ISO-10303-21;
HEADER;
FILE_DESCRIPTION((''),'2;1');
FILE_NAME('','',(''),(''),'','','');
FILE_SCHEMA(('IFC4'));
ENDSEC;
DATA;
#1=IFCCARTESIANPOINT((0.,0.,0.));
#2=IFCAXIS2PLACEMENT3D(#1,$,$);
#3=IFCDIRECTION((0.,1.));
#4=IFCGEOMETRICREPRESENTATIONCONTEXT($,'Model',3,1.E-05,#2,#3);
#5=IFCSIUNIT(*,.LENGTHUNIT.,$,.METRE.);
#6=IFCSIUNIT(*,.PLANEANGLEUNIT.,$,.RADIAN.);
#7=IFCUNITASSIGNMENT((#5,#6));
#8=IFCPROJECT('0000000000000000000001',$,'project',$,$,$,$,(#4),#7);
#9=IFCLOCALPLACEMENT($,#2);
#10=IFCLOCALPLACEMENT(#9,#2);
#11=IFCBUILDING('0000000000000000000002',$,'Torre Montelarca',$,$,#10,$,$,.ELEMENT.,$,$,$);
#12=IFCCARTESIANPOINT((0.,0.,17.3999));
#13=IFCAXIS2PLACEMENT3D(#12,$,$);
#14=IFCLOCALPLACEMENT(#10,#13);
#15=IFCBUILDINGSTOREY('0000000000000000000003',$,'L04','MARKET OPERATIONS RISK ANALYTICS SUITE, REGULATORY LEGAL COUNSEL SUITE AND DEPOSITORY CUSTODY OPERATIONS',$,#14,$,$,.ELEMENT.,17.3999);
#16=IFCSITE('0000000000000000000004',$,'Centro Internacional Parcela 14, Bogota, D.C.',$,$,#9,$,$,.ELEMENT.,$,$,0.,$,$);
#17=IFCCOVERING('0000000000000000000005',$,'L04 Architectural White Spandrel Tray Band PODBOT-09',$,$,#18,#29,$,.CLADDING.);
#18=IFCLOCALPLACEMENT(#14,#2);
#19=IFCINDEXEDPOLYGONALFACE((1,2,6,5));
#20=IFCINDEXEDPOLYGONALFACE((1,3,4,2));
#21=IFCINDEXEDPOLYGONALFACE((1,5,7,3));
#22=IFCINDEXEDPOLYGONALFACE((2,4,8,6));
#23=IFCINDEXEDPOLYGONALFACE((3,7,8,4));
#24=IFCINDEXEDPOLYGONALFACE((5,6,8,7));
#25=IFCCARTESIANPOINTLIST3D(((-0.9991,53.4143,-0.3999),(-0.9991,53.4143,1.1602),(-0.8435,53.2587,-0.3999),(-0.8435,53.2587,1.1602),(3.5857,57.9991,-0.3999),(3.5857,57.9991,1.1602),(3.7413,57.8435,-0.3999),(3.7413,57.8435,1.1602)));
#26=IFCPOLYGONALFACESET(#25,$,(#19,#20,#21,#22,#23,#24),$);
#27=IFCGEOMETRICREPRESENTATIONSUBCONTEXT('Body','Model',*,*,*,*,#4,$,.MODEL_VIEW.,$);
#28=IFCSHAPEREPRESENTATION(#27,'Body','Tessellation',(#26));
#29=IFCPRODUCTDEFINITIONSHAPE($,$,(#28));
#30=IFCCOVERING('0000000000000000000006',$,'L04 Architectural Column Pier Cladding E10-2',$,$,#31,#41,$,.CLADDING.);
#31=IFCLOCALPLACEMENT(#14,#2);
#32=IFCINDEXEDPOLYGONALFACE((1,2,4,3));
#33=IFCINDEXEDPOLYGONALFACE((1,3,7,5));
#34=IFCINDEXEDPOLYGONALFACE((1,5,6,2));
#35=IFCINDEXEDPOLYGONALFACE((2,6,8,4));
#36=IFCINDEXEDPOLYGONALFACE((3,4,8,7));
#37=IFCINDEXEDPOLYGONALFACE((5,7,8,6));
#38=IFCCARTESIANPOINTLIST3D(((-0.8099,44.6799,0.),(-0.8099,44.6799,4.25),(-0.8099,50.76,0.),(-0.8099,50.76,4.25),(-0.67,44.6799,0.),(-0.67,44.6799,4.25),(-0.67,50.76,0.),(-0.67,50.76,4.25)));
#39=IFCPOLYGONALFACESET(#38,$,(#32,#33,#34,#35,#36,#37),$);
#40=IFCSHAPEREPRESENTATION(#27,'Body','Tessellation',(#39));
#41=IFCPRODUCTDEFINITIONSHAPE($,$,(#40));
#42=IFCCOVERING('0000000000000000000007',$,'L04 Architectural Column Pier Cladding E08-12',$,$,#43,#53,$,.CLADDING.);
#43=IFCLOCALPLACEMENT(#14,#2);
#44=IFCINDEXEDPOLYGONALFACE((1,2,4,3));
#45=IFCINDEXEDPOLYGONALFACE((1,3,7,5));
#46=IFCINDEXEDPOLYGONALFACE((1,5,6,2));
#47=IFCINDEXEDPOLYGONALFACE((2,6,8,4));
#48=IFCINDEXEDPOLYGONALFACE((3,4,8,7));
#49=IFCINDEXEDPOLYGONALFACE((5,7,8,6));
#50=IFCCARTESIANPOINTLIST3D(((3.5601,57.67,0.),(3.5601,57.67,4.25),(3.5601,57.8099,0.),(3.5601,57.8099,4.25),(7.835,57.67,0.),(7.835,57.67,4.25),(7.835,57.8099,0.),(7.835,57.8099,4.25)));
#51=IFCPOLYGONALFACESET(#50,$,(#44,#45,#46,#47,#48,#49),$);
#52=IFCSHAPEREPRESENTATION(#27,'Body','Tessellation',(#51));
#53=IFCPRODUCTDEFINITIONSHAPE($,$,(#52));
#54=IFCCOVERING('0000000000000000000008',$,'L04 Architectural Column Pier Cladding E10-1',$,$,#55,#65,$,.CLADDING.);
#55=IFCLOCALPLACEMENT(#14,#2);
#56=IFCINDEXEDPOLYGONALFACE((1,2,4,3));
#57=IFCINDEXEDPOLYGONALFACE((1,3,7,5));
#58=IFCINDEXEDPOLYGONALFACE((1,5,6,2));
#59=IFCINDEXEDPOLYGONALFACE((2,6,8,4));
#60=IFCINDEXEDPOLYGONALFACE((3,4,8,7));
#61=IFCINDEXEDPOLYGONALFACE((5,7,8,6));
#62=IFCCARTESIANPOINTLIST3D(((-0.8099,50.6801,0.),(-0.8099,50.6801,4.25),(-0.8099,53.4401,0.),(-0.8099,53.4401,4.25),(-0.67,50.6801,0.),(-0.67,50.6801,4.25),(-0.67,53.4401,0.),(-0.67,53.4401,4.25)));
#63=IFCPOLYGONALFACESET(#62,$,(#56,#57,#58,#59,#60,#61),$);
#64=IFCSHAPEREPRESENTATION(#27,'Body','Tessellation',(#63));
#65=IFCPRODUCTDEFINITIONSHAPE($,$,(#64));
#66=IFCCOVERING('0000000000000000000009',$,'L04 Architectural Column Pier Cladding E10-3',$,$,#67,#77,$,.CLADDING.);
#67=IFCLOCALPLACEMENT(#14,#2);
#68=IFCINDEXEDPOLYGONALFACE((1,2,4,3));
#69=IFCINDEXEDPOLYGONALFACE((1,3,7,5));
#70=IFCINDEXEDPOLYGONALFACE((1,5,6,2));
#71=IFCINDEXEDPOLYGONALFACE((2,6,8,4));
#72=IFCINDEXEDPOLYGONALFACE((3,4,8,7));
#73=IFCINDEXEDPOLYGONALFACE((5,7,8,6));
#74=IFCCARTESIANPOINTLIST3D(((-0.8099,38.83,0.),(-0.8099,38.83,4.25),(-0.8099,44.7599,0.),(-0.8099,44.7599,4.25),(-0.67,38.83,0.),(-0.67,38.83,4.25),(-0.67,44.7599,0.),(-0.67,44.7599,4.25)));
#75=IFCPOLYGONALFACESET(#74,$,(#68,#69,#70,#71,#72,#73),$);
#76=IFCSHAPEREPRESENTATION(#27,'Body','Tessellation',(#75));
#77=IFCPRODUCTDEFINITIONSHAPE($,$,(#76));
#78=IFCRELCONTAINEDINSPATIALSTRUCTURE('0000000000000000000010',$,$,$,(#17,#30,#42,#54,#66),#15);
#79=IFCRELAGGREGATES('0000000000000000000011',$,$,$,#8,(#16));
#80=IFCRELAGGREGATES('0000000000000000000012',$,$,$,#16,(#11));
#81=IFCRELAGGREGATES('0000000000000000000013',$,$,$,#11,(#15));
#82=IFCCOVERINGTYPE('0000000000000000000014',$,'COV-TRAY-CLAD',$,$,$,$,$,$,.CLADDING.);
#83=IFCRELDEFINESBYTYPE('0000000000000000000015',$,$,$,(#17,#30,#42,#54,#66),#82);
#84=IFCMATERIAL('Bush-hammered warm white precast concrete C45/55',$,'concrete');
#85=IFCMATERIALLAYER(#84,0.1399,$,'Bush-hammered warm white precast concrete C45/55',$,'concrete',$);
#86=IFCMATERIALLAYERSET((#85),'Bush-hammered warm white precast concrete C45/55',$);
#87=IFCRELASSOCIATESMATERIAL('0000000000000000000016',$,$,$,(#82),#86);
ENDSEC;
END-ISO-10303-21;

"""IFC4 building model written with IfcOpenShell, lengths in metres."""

from ifc_helpers import new_model, si_unit, direction, frame, origin, origin_2d, place, context, subcontext, project, spatial, rectangle, extrude, source, transform, mapped, material, layer, layer_set, type_object, element, save


model = new_model("IFC4")

# Units and contexts
model_context = context("Model", 3, precision=1e-05, world=origin(), true_north=direction((0.0, 1.0)))
body_context = subcontext(model_context, "Body", "Model", "MODEL_VIEW")
ifc_project = project(units=[si_unit("LENGTHUNIT", "METRE"), si_unit("PLANEANGLEUNIT", "RADIAN")], contexts=[model_context])

# Site, building, storey
site_placement = place(None, origin())
site = spatial("IfcSite", under=ifc_project, at=site_placement, Name="Centro Internacional Parcela 14, Bogota, D.C.", CompositionType="ELEMENT", RefElevation=0.0)
building_placement = place(site_placement, origin())
building = spatial("IfcBuilding", under=site, at=building_placement, Name="Torre Montelarca", CompositionType="ELEMENT")
storey_placement = place(building_placement, frame((0.0, 0.0, 17.3999)))
storey = spatial("IfcBuildingStorey", under=building, at=storey_placement, Name="L04", Description="MARKET OPERATIONS RISK ANALYTICS SUITE, REGULATORY LEGAL COUNSEL SUITE AND DEPOSITORY CUSTODY OPERATIONS", CompositionType="ELEMENT", Elevation=17.3999)

# Coverings
ifc_material_1 = material(Name="Bush-hammered warm white precast concrete C45/55", Category="concrete")
ifc_layer_1 = layer(ifc_material_1, 0.1399, Name="Bush-hammered warm white precast concrete C45/55", Category="concrete")
ifc_layer_set_1 = layer_set([ifc_layer_1], Name="Bush-hammered warm white precast concrete C45/55")
covering_type = type_object("IfcCoveringType", Name="COV-TRAY-CLAD", PredefinedType="CLADDING", material=ifc_layer_set_1)
shared_shape_1 = source(origin(), body_context, "Body", "SweptSolid", [
    extrude(rectangle(XDim=6.4839, YDim=0.22, at=origin_2d()), origin(), (0.0, 0.0, 1.0), 1.5601),
])
covering_1_placement = place(storey_placement, frame((1.3711, 55.6289, -0.3999), z_axis=(0.0, 0.0, 1.0), x_axis=(-0.707107, -0.707107, 0.0)))
element("IfcCovering", 1, at=covering_1_placement, inside=storey, type_object=covering_type, Name="L04 Architectural White Spandrel Tray Band PODBOT-09", PredefinedType="CLADDING", context=body_context, shape_type="MappedRepresentation", body=[
    mapped(shared_shape_1, transform((0.0, 0.0, 0.0), scale=1.0)),
])
shared_shape_2 = source(origin(), body_context, "Body", "SweptSolid", [
    extrude(rectangle(XDim=6.0801, YDim=0.1399, at=origin_2d()), origin(), (0.0, 0.0, 1.0), 4.25),
])
covering_2_placement = place(storey_placement, frame((-0.74, 47.72, 0.0), z_axis=(0.0, 0.0, 1.0), x_axis=(0.0, -1.0, 0.0)))
element("IfcCovering", 2, at=covering_2_placement, inside=storey, type_object=covering_type, Name="L04 Architectural Column Pier Cladding E10-2", PredefinedType="CLADDING", context=body_context, shape_type="MappedRepresentation", body=[
    mapped(shared_shape_2, transform((0.0, 0.0, 0.0), scale=1.0)),
])
shared_shape_3 = source(origin(), body_context, "Body", "SweptSolid", [
    extrude(rectangle(XDim=4.2749, YDim=0.1399, at=origin_2d()), origin(), (0.0, 0.0, 1.0), 4.25),
])
covering_3_placement = place(storey_placement, frame((5.6975, 57.74, 0.0), z_axis=(0.0, 0.0, 1.0), x_axis=(-1.0, 0.0, 0.0)))
element("IfcCovering", 3, at=covering_3_placement, inside=storey, type_object=covering_type, Name="L04 Architectural Column Pier Cladding E08-12", PredefinedType="CLADDING", context=body_context, shape_type="MappedRepresentation", body=[
    mapped(shared_shape_3, transform((0.0, 0.0, 0.0), scale=1.0)),
])
shared_shape_4 = source(origin(), body_context, "Body", "SweptSolid", [
    extrude(rectangle(XDim=2.76, YDim=0.1399, at=origin_2d()), origin(), (0.0, 0.0, 1.0), 4.25),
])
covering_4_placement = place(storey_placement, frame((-0.74, 52.0601, 0.0), z_axis=(0.0, 0.0, 1.0), x_axis=(0.0, -1.0, 0.0)))
element("IfcCovering", 4, at=covering_4_placement, inside=storey, type_object=covering_type, Name="L04 Architectural Column Pier Cladding E10-1", PredefinedType="CLADDING", context=body_context, shape_type="MappedRepresentation", body=[
    mapped(shared_shape_4, transform((0.0, 0.0, 0.0), scale=1.0)),
])
shared_shape_5 = source(origin(), body_context, "Body", "SweptSolid", [
    extrude(rectangle(XDim=5.9299, YDim=0.1399, at=origin_2d()), origin(), (0.0, 0.0, 1.0), 4.25),
])
covering_5_placement = place(storey_placement, frame((-0.74, 41.7949, 0.0), z_axis=(0.0, 0.0, 1.0), x_axis=(0.0, -1.0, 0.0)))
element("IfcCovering", 5, at=covering_5_placement, inside=storey, type_object=covering_type, Name="L04 Architectural Column Pier Cladding E10-3", PredefinedType="CLADDING", context=body_context, shape_type="MappedRepresentation", body=[
    mapped(shared_shape_5, transform((0.0, 0.0, 0.0), scale=1.0)),
])

save(model, "model.ifc")
